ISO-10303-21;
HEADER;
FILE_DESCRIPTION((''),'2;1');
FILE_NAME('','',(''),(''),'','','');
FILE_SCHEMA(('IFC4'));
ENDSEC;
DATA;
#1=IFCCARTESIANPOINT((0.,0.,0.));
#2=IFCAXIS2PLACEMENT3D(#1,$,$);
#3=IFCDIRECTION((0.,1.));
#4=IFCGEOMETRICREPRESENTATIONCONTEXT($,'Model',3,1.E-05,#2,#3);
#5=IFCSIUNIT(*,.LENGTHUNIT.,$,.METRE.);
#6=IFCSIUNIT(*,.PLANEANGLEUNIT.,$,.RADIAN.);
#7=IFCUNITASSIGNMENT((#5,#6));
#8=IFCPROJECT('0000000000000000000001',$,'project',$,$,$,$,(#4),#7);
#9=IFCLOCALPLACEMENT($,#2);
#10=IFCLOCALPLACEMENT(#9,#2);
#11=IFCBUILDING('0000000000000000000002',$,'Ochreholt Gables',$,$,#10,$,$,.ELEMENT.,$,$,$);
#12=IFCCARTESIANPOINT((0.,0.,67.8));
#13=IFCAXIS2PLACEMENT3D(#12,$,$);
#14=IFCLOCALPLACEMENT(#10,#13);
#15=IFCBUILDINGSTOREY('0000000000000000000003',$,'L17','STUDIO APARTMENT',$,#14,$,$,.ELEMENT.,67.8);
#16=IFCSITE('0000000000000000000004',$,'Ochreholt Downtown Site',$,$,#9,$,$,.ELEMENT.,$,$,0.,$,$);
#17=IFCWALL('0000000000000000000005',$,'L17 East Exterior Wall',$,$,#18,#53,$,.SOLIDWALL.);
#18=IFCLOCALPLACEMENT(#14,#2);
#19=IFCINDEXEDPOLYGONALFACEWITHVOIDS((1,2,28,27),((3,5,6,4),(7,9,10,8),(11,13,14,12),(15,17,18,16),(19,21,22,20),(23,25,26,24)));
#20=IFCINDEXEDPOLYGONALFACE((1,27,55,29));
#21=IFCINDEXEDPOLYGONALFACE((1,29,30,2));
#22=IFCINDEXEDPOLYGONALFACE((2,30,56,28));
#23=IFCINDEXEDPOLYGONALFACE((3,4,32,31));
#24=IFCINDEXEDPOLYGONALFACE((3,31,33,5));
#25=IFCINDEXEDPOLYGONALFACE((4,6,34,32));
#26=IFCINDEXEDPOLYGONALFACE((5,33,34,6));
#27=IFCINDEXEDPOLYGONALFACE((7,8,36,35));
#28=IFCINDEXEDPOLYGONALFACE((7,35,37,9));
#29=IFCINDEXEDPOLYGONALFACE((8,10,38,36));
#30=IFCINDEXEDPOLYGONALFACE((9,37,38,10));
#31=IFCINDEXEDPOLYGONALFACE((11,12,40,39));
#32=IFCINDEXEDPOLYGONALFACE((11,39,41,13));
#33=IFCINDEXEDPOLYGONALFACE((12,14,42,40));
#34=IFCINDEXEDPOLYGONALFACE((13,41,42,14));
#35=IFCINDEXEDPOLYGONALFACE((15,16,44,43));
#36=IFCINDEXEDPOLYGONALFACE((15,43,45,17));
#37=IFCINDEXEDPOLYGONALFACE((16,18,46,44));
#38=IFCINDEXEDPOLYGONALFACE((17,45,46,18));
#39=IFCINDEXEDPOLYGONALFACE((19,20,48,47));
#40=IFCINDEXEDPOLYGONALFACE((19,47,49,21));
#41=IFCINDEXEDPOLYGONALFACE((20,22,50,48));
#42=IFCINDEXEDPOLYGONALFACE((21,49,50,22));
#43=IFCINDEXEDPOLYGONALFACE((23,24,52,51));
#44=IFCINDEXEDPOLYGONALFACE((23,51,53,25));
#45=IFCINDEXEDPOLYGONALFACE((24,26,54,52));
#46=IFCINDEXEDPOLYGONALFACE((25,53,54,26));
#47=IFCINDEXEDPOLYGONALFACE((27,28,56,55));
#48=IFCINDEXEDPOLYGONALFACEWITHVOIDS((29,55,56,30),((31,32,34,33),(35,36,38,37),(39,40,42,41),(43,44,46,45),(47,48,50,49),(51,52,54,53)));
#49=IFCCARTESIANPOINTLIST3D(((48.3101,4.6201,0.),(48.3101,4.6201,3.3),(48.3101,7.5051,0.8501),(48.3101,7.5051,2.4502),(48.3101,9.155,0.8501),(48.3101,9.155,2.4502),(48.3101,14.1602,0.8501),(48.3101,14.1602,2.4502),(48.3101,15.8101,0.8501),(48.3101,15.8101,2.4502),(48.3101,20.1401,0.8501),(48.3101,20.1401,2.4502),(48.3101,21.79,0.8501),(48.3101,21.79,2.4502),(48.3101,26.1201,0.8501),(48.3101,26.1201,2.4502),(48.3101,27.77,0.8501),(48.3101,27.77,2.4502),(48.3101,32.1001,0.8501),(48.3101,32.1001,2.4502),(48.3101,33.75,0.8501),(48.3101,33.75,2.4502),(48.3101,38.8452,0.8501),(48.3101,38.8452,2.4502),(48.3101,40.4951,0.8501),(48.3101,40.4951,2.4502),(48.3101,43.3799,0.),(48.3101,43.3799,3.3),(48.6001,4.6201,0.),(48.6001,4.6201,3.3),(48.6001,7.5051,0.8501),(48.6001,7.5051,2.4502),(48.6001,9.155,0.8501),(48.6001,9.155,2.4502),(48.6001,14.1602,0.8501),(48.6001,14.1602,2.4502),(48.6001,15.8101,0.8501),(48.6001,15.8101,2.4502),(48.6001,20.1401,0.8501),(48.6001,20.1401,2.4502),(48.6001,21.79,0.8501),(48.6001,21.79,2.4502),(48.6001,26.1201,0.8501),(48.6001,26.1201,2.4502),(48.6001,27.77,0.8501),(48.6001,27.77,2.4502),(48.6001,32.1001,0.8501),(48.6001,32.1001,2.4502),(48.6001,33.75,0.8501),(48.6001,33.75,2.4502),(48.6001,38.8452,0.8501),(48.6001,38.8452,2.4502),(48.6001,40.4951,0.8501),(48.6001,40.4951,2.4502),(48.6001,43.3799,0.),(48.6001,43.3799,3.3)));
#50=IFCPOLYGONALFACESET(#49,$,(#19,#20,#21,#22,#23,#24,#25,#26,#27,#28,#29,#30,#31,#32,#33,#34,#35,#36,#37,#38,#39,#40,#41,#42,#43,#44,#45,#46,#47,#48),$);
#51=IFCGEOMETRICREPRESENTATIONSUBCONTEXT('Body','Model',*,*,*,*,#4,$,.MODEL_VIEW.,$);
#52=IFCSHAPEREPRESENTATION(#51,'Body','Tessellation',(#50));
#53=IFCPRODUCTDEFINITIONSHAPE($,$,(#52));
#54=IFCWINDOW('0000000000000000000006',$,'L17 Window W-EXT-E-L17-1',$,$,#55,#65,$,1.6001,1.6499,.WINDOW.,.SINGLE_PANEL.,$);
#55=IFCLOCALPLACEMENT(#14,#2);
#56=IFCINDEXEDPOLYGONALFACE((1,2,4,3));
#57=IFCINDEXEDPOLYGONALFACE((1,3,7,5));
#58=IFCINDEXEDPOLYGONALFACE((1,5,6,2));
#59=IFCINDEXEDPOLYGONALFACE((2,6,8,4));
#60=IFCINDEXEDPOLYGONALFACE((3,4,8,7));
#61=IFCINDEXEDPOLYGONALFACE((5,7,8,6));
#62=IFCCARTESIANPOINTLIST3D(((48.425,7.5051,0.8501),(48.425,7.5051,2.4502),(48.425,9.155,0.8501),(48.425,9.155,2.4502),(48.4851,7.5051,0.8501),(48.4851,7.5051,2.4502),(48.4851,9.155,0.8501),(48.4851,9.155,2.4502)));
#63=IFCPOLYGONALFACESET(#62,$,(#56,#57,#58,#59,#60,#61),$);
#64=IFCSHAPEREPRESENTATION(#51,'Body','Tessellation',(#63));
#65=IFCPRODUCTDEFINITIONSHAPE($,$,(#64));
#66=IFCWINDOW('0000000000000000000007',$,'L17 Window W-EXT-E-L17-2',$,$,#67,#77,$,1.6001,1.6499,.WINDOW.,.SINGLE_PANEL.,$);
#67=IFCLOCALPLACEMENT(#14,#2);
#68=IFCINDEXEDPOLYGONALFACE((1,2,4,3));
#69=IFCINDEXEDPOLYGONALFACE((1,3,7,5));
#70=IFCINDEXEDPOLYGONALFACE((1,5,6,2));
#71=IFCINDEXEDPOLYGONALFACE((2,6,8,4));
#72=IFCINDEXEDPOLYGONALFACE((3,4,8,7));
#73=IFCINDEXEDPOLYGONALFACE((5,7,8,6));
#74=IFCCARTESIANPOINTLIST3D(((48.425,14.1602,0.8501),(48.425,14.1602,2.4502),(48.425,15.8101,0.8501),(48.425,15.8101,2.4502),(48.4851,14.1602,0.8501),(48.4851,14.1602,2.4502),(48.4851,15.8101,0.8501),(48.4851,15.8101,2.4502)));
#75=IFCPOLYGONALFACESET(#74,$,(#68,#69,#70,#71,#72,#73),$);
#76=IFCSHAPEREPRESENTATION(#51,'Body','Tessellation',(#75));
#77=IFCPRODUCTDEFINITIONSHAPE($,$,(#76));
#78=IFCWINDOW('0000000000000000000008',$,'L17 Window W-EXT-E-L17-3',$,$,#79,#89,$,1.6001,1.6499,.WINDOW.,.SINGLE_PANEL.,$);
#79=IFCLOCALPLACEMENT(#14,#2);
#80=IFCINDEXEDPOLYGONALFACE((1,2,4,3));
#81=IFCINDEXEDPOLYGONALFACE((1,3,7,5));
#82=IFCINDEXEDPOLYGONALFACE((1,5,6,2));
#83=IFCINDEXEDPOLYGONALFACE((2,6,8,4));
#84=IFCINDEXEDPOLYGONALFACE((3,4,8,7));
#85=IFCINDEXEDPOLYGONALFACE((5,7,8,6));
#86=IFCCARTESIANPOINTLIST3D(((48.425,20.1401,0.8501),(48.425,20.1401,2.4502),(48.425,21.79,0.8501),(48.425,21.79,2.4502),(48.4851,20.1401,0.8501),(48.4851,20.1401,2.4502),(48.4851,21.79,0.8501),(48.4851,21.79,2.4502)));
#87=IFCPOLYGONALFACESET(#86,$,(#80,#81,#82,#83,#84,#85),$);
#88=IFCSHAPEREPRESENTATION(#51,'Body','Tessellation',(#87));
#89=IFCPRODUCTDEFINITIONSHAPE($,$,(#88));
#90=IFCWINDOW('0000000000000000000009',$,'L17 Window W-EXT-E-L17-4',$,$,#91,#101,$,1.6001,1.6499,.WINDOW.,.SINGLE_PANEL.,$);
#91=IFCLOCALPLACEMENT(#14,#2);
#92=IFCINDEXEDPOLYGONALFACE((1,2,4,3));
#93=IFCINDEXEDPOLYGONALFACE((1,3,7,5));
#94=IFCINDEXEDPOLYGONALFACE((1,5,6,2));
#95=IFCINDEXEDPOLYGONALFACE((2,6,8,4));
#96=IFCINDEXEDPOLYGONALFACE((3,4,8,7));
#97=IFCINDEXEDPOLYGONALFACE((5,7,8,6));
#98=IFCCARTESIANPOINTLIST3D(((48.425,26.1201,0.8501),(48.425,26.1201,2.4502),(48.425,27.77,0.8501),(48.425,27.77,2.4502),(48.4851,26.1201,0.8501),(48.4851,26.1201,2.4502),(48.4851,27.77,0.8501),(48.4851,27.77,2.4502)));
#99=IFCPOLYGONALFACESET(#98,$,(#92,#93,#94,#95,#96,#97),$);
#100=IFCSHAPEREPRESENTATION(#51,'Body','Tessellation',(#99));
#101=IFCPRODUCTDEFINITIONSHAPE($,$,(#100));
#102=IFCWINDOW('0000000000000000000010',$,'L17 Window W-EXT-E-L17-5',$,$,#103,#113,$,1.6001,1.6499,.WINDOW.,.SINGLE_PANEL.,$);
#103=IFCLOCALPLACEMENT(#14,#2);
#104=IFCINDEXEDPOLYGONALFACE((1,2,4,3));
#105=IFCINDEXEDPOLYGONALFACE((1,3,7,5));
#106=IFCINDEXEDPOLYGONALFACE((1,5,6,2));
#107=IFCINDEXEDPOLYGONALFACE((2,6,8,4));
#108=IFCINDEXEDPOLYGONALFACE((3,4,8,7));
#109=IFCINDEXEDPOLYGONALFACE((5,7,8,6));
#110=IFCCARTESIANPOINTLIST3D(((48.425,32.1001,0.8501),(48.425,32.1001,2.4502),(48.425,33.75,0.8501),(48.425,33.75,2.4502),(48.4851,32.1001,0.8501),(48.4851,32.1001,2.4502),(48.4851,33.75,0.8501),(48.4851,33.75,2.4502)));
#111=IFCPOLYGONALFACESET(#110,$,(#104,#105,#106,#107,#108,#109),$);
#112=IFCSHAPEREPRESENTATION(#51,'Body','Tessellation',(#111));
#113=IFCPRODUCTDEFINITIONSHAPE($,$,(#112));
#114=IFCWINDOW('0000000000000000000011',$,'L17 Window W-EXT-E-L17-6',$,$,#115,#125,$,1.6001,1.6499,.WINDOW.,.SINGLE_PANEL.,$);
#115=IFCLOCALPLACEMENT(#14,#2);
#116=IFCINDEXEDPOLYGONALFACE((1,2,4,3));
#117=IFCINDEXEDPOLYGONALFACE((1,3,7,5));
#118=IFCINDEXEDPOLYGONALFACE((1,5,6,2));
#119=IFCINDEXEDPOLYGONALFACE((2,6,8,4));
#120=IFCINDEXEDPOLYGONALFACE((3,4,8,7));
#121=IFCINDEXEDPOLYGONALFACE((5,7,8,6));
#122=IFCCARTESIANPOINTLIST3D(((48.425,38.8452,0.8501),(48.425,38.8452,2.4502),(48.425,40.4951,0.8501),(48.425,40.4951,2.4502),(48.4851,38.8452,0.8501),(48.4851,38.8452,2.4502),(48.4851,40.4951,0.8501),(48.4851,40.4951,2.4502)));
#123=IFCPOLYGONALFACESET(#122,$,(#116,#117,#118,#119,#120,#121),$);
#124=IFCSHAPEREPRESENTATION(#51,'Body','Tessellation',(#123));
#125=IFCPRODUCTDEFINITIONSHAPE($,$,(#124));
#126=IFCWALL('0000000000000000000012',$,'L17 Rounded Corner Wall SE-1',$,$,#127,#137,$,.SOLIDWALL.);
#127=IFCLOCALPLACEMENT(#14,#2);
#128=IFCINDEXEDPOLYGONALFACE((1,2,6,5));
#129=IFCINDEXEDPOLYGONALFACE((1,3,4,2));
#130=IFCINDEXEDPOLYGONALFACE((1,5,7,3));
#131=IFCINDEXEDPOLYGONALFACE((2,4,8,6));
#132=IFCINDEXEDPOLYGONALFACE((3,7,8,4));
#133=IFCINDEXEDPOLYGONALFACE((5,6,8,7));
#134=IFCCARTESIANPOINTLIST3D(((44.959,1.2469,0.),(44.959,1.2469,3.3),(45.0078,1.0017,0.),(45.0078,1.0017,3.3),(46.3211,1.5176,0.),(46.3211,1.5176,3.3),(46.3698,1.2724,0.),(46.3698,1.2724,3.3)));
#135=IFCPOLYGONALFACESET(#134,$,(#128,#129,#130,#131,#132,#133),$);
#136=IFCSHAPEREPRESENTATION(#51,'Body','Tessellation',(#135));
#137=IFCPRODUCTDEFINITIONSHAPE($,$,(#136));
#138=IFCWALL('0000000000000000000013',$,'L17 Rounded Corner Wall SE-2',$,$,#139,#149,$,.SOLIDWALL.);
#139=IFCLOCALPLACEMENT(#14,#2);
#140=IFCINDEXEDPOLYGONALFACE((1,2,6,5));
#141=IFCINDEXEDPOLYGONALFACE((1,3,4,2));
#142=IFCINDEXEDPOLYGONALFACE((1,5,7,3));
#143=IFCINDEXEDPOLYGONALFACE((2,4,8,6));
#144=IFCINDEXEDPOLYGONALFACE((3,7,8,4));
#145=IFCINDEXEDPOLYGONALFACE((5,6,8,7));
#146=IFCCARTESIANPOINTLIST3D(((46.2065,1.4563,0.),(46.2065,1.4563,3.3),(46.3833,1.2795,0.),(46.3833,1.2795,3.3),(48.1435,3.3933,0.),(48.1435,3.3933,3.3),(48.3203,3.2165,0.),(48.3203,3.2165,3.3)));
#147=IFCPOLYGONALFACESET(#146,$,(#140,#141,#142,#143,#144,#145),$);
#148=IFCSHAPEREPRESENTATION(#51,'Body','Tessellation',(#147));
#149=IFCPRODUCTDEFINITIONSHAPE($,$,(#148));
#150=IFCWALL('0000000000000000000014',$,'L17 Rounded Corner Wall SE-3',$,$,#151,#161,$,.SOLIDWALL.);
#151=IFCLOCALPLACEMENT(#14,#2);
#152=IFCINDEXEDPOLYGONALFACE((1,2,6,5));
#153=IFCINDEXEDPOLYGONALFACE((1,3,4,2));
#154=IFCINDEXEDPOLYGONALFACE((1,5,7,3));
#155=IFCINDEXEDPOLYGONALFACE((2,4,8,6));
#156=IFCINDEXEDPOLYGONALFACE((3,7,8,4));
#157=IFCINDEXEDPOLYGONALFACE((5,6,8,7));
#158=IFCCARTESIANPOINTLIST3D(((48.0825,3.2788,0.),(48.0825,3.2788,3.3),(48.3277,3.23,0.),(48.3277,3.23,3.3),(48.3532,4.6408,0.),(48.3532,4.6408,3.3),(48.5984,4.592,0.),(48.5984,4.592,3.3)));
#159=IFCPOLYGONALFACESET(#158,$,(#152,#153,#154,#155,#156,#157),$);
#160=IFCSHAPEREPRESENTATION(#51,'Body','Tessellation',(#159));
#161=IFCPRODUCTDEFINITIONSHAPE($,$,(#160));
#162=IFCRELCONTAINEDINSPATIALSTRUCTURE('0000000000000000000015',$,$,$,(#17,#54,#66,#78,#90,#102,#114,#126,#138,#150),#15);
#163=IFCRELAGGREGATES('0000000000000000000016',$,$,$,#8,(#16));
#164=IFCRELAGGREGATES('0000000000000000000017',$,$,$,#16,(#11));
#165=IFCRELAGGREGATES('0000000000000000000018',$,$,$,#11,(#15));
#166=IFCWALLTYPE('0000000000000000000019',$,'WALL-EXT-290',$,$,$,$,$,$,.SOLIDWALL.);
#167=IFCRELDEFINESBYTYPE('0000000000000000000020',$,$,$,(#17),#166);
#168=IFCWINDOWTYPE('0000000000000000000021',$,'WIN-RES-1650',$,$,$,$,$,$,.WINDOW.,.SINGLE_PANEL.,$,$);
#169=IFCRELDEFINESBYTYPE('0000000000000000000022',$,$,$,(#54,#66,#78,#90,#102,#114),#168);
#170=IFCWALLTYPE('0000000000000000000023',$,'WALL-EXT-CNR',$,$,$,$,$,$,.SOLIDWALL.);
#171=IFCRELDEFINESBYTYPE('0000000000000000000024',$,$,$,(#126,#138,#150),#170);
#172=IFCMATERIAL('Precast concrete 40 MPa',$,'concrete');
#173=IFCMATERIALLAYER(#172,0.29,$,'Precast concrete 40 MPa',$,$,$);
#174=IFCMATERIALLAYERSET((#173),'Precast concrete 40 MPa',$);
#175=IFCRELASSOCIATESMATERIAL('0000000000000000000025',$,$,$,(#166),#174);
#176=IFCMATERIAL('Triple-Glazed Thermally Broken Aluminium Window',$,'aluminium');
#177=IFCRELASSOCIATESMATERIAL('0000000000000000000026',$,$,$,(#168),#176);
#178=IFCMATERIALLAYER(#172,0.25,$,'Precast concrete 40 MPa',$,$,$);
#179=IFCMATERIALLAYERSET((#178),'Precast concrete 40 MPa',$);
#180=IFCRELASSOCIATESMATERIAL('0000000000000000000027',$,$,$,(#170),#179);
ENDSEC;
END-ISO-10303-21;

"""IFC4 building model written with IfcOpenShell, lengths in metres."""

from ifc_helpers import new_model, si_unit, direction, frame, frame_2d, origin, place, context, subcontext, project, spatial, rectangle, extrude, material, layer, layer_set, type_object, element, fill, save


model = new_model("IFC4")

# Units and contexts
model_context = context("Model", 3, precision=1e-05, world=origin(), true_north=direction((0.0, 1.0)))
body_context = subcontext(model_context, "Body", "Model", "MODEL_VIEW")
ifc_project = project(units=[si_unit("LENGTHUNIT", "METRE"), si_unit("PLANEANGLEUNIT", "RADIAN")], contexts=[model_context])

# Site, building, storey
site_placement = place(None, origin())
site = spatial("IfcSite", under=ifc_project, at=site_placement, Name="Ochreholt Downtown Site", CompositionType="ELEMENT", RefElevation=0.0)
building_placement = place(site_placement, origin())
building = spatial("IfcBuilding", under=site, at=building_placement, Name="Ochreholt Gables", CompositionType="ELEMENT")
storey_placement = place(building_placement, frame((0.0, 0.0, 67.8)))
storey = spatial("IfcBuildingStorey", under=building, at=storey_placement, Name="L17", Description="STUDIO APARTMENT", CompositionType="ELEMENT", Elevation=67.8)

# Wall, openings, windows
ifc_material_1 = material(Name="Precast concrete 40 MPa", Category="concrete")
ifc_layer_1 = layer(ifc_material_1, 0.29, Name="Precast concrete 40 MPa")
ifc_layer_set_1 = layer_set([ifc_layer_1], Name="Precast concrete 40 MPa")
wall_type_1 = type_object("IfcWallType", Name="WALL-EXT-290", PredefinedType="SOLIDWALL", material=ifc_layer_set_1)
wall_1_placement = place(storey_placement, frame((48.4551, 4.6201, 0.0), z_axis=(0.0, 0.0, 1.0), x_axis=(0.0, 1.0, 0.0)))
wall_1 = element("IfcWall", 1, at=wall_1_placement, inside=storey, type_object=wall_type_1, Name="L17 East Exterior Wall", PredefinedType="SOLIDWALL", context=body_context, shape_type="SweptSolid", body=[
    extrude(rectangle(XDim=38.7598, YDim=0.29, at=frame_2d((19.3799, 0.0))), origin(), (0.0, 0.0, 1.0), 3.3),
])
opening_1_placement = place(wall_1_placement, frame((2.885, 0.0, 0.8501)))
opening_1 = element("IfcOpeningElement", 2, at=opening_1_placement, cuts=wall_1, PredefinedType="OPENING", context=body_context, shape_type="SweptSolid", body=[
    extrude(rectangle(XDim=1.6499, YDim=1.6001, at=frame_2d((0.825, 0.8))), frame((0.0, 0.155, 0.0), z_axis=(0.0, -1.0, 0.0), x_axis=(1.0, 0.0, 0.0)), (0.0, 0.0, 1.0), 0.3101),
])
opening_2_placement = place(wall_1_placement, frame((9.54, 0.0, 0.8501)))
opening_2 = element("IfcOpeningElement", 3, at=opening_2_placement, cuts=wall_1, PredefinedType="OPENING", context=body_context, shape_type="SweptSolid", body=[
    extrude(rectangle(XDim=1.6499, YDim=1.6001, at=frame_2d((0.825, 0.8))), frame((0.0, 0.155, 0.0), z_axis=(0.0, -1.0, 0.0), x_axis=(1.0, 0.0, 0.0)), (0.0, 0.0, 1.0), 0.3101),
])
opening_3_placement = place(wall_1_placement, frame((15.52, 0.0, 0.8501)))
opening_3 = element("IfcOpeningElement", 4, at=opening_3_placement, cuts=wall_1, PredefinedType="OPENING", context=body_context, shape_type="SweptSolid", body=[
    extrude(rectangle(XDim=1.6499, YDim=1.6001, at=frame_2d((0.825, 0.8))), frame((0.0, 0.155, 0.0), z_axis=(0.0, -1.0, 0.0), x_axis=(1.0, 0.0, 0.0)), (0.0, 0.0, 1.0), 0.3101),
])
opening_4_placement = place(wall_1_placement, frame((21.5, 0.0, 0.8501)))
opening_4 = element("IfcOpeningElement", 5, at=opening_4_placement, cuts=wall_1, PredefinedType="OPENING", context=body_context, shape_type="SweptSolid", body=[
    extrude(rectangle(XDim=1.6499, YDim=1.6001, at=frame_2d((0.825, 0.8))), frame((0.0, 0.155, 0.0), z_axis=(0.0, -1.0, 0.0), x_axis=(1.0, 0.0, 0.0)), (0.0, 0.0, 1.0), 0.3101),
])
opening_5_placement = place(wall_1_placement, frame((27.48, 0.0, 0.8501)))
opening_5 = element("IfcOpeningElement", 6, at=opening_5_placement, cuts=wall_1, PredefinedType="OPENING", context=body_context, shape_type="SweptSolid", body=[
    extrude(rectangle(XDim=1.6499, YDim=1.6001, at=frame_2d((0.825, 0.8))), frame((0.0, 0.155, 0.0), z_axis=(0.0, -1.0, 0.0), x_axis=(1.0, 0.0, 0.0)), (0.0, 0.0, 1.0), 0.3101),
])
opening_6_placement = place(wall_1_placement, frame((34.2251, 0.0, 0.8501)))
opening_6 = element("IfcOpeningElement", 7, at=opening_6_placement, cuts=wall_1, PredefinedType="OPENING", context=body_context, shape_type="SweptSolid", body=[
    extrude(rectangle(XDim=1.6499, YDim=1.6001, at=frame_2d((0.825, 0.8))), frame((0.0, 0.155, 0.0), z_axis=(0.0, -1.0, 0.0), x_axis=(1.0, 0.0, 0.0)), (0.0, 0.0, 1.0), 0.3101),
])
ifc_material_2 = material(Name="Triple-Glazed Thermally Broken Aluminium Window", Category="aluminium")
window_type = type_object("IfcWindowType", Name="WIN-RES-1650", PartitioningType="SINGLE_PANEL", PredefinedType="WINDOW", material=ifc_material_2)
window_1_placement = place(opening_1_placement, origin())
window_1 = element("IfcWindow", 8, at=window_1_placement, inside=storey, type_object=window_type, Name="L17 Window W-EXT-E-L17-1", OverallHeight=1.6001, OverallWidth=1.6499, PartitioningType="SINGLE_PANEL", PredefinedType="WINDOW", context=body_context, shape_type="SweptSolid", body=[
    extrude(rectangle(XDim=1.6499, YDim=1.6001, at=frame_2d((0.825, 0.8))), frame((0.0, 0.03, 0.0), z_axis=(0.0, -1.0, 0.0), x_axis=(1.0, 0.0, 0.0)), (0.0, 0.0, 1.0), 0.0601),
])
fill(opening_1, window_1)
window_2_placement = place(opening_2_placement, origin())
window_2 = element("IfcWindow", 9, at=window_2_placement, inside=storey, type_object=window_type, Name="L17 Window W-EXT-E-L17-2", OverallHeight=1.6001, OverallWidth=1.6499, PartitioningType="SINGLE_PANEL", PredefinedType="WINDOW", context=body_context, shape_type="SweptSolid", body=[
    extrude(rectangle(XDim=1.6499, YDim=1.6001, at=frame_2d((0.825, 0.8))), frame((0.0, 0.03, 0.0), z_axis=(0.0, -1.0, 0.0), x_axis=(1.0, 0.0, 0.0)), (0.0, 0.0, 1.0), 0.0601),
])
fill(opening_2, window_2)
window_3_placement = place(opening_3_placement, origin())
window_3 = element("IfcWindow", 10, at=window_3_placement, inside=storey, type_object=window_type, Name="L17 Window W-EXT-E-L17-3", OverallHeight=1.6001, OverallWidth=1.6499, PartitioningType="SINGLE_PANEL", PredefinedType="WINDOW", context=body_context, shape_type="SweptSolid", body=[
    extrude(rectangle(XDim=1.6499, YDim=1.6001, at=frame_2d((0.825, 0.8))), frame((0.0, 0.03, 0.0), z_axis=(0.0, -1.0, 0.0), x_axis=(1.0, 0.0, 0.0)), (0.0, 0.0, 1.0), 0.0601),
])
fill(opening_3, window_3)
window_4_placement = place(opening_4_placement, origin())
window_4 = element("IfcWindow", 11, at=window_4_placement, inside=storey, type_object=window_type, Name="L17 Window W-EXT-E-L17-4", OverallHeight=1.6001, OverallWidth=1.6499, PartitioningType="SINGLE_PANEL", PredefinedType="WINDOW", context=body_context, shape_type="SweptSolid", body=[
    extrude(rectangle(XDim=1.6499, YDim=1.6001, at=frame_2d((0.825, 0.8))), frame((0.0, 0.03, 0.0), z_axis=(0.0, -1.0, 0.0), x_axis=(1.0, 0.0, 0.0)), (0.0, 0.0, 1.0), 0.0601),
])
fill(opening_4, window_4)
window_5_placement = place(opening_5_placement, origin())
window_5 = element("IfcWindow", 12, at=window_5_placement, inside=storey, type_object=window_type, Name="L17 Window W-EXT-E-L17-5", OverallHeight=1.6001, OverallWidth=1.6499, PartitioningType="SINGLE_PANEL", PredefinedType="WINDOW", context=body_context, shape_type="SweptSolid", body=[
    extrude(rectangle(XDim=1.6499, YDim=1.6001, at=frame_2d((0.825, 0.8))), frame((0.0, 0.03, 0.0), z_axis=(0.0, -1.0, 0.0), x_axis=(1.0, 0.0, 0.0)), (0.0, 0.0, 1.0), 0.0601),
])
fill(opening_5, window_5)
window_6_placement = place(opening_6_placement, origin())
window_6 = element("IfcWindow", 13, at=window_6_placement, inside=storey, type_object=window_type, Name="L17 Window W-EXT-E-L17-6", OverallHeight=1.6001, OverallWidth=1.6499, PartitioningType="SINGLE_PANEL", PredefinedType="WINDOW", context=body_context, shape_type="SweptSolid", body=[
    extrude(rectangle(XDim=1.6499, YDim=1.6001, at=frame_2d((0.825, 0.8))), frame((0.0, 0.03, 0.0), z_axis=(0.0, -1.0, 0.0), x_axis=(1.0, 0.0, 0.0)), (0.0, 0.0, 1.0), 0.0601),
])
fill(opening_6, window_6)

# Walls
ifc_layer_2 = layer(ifc_material_1, 0.25, Name="Precast concrete 40 MPa")
ifc_layer_set_2 = layer_set([ifc_layer_2], Name="Precast concrete 40 MPa")
wall_type_2 = type_object("IfcWallType", Name="WALL-EXT-CNR", PredefinedType="SOLIDWALL", material=ifc_layer_set_2)
wall_2_placement = place(storey_placement, frame((44.9834, 1.1243, 0.0), z_axis=(0.0, 0.0, 1.0), x_axis=(0.98081, 0.194967, 0.0)))
element("IfcWall", 14, at=wall_2_placement, inside=storey, type_object=wall_type_2, Name="L17 Rounded Corner Wall SE-1", PredefinedType="SOLIDWALL", context=body_context, shape_type="SweptSolid", body=[
    extrude(rectangle(XDim=1.3887, YDim=0.25, at=frame_2d((0.6943, 0.0))), origin(), (0.0, 0.0, 1.0), 3.3),
])
wall_3_placement = place(storey_placement, frame((46.2949, 1.3679, 0.0), z_axis=(0.0, 0.0, 1.0), x_axis=(0.707107, 0.707107, 0.0)))
element("IfcWall", 15, at=wall_3_placement, inside=storey, type_object=wall_type_2, Name="L17 Rounded Corner Wall SE-2", PredefinedType="SOLIDWALL", context=body_context, shape_type="SweptSolid", body=[
    extrude(rectangle(XDim=2.7393, YDim=0.25, at=frame_2d((1.3696, 0.0))), origin(), (0.0, 0.0, 1.0), 3.3),
])
wall_4_placement = place(storey_placement, frame((48.2051, 3.2544, 0.0), z_axis=(0.0, 0.0, 1.0), x_axis=(0.194967, 0.98081, 0.0)))
element("IfcWall", 16, at=wall_4_placement, inside=storey, type_object=wall_type_2, Name="L17 Rounded Corner Wall SE-3", PredefinedType="SOLIDWALL", context=body_context, shape_type="SweptSolid", body=[
    extrude(rectangle(XDim=1.3887, YDim=0.25, at=frame_2d((0.6943, 0.0))), origin(), (0.0, 0.0, 1.0), 3.3),
])

save(model, "model.ifc")
